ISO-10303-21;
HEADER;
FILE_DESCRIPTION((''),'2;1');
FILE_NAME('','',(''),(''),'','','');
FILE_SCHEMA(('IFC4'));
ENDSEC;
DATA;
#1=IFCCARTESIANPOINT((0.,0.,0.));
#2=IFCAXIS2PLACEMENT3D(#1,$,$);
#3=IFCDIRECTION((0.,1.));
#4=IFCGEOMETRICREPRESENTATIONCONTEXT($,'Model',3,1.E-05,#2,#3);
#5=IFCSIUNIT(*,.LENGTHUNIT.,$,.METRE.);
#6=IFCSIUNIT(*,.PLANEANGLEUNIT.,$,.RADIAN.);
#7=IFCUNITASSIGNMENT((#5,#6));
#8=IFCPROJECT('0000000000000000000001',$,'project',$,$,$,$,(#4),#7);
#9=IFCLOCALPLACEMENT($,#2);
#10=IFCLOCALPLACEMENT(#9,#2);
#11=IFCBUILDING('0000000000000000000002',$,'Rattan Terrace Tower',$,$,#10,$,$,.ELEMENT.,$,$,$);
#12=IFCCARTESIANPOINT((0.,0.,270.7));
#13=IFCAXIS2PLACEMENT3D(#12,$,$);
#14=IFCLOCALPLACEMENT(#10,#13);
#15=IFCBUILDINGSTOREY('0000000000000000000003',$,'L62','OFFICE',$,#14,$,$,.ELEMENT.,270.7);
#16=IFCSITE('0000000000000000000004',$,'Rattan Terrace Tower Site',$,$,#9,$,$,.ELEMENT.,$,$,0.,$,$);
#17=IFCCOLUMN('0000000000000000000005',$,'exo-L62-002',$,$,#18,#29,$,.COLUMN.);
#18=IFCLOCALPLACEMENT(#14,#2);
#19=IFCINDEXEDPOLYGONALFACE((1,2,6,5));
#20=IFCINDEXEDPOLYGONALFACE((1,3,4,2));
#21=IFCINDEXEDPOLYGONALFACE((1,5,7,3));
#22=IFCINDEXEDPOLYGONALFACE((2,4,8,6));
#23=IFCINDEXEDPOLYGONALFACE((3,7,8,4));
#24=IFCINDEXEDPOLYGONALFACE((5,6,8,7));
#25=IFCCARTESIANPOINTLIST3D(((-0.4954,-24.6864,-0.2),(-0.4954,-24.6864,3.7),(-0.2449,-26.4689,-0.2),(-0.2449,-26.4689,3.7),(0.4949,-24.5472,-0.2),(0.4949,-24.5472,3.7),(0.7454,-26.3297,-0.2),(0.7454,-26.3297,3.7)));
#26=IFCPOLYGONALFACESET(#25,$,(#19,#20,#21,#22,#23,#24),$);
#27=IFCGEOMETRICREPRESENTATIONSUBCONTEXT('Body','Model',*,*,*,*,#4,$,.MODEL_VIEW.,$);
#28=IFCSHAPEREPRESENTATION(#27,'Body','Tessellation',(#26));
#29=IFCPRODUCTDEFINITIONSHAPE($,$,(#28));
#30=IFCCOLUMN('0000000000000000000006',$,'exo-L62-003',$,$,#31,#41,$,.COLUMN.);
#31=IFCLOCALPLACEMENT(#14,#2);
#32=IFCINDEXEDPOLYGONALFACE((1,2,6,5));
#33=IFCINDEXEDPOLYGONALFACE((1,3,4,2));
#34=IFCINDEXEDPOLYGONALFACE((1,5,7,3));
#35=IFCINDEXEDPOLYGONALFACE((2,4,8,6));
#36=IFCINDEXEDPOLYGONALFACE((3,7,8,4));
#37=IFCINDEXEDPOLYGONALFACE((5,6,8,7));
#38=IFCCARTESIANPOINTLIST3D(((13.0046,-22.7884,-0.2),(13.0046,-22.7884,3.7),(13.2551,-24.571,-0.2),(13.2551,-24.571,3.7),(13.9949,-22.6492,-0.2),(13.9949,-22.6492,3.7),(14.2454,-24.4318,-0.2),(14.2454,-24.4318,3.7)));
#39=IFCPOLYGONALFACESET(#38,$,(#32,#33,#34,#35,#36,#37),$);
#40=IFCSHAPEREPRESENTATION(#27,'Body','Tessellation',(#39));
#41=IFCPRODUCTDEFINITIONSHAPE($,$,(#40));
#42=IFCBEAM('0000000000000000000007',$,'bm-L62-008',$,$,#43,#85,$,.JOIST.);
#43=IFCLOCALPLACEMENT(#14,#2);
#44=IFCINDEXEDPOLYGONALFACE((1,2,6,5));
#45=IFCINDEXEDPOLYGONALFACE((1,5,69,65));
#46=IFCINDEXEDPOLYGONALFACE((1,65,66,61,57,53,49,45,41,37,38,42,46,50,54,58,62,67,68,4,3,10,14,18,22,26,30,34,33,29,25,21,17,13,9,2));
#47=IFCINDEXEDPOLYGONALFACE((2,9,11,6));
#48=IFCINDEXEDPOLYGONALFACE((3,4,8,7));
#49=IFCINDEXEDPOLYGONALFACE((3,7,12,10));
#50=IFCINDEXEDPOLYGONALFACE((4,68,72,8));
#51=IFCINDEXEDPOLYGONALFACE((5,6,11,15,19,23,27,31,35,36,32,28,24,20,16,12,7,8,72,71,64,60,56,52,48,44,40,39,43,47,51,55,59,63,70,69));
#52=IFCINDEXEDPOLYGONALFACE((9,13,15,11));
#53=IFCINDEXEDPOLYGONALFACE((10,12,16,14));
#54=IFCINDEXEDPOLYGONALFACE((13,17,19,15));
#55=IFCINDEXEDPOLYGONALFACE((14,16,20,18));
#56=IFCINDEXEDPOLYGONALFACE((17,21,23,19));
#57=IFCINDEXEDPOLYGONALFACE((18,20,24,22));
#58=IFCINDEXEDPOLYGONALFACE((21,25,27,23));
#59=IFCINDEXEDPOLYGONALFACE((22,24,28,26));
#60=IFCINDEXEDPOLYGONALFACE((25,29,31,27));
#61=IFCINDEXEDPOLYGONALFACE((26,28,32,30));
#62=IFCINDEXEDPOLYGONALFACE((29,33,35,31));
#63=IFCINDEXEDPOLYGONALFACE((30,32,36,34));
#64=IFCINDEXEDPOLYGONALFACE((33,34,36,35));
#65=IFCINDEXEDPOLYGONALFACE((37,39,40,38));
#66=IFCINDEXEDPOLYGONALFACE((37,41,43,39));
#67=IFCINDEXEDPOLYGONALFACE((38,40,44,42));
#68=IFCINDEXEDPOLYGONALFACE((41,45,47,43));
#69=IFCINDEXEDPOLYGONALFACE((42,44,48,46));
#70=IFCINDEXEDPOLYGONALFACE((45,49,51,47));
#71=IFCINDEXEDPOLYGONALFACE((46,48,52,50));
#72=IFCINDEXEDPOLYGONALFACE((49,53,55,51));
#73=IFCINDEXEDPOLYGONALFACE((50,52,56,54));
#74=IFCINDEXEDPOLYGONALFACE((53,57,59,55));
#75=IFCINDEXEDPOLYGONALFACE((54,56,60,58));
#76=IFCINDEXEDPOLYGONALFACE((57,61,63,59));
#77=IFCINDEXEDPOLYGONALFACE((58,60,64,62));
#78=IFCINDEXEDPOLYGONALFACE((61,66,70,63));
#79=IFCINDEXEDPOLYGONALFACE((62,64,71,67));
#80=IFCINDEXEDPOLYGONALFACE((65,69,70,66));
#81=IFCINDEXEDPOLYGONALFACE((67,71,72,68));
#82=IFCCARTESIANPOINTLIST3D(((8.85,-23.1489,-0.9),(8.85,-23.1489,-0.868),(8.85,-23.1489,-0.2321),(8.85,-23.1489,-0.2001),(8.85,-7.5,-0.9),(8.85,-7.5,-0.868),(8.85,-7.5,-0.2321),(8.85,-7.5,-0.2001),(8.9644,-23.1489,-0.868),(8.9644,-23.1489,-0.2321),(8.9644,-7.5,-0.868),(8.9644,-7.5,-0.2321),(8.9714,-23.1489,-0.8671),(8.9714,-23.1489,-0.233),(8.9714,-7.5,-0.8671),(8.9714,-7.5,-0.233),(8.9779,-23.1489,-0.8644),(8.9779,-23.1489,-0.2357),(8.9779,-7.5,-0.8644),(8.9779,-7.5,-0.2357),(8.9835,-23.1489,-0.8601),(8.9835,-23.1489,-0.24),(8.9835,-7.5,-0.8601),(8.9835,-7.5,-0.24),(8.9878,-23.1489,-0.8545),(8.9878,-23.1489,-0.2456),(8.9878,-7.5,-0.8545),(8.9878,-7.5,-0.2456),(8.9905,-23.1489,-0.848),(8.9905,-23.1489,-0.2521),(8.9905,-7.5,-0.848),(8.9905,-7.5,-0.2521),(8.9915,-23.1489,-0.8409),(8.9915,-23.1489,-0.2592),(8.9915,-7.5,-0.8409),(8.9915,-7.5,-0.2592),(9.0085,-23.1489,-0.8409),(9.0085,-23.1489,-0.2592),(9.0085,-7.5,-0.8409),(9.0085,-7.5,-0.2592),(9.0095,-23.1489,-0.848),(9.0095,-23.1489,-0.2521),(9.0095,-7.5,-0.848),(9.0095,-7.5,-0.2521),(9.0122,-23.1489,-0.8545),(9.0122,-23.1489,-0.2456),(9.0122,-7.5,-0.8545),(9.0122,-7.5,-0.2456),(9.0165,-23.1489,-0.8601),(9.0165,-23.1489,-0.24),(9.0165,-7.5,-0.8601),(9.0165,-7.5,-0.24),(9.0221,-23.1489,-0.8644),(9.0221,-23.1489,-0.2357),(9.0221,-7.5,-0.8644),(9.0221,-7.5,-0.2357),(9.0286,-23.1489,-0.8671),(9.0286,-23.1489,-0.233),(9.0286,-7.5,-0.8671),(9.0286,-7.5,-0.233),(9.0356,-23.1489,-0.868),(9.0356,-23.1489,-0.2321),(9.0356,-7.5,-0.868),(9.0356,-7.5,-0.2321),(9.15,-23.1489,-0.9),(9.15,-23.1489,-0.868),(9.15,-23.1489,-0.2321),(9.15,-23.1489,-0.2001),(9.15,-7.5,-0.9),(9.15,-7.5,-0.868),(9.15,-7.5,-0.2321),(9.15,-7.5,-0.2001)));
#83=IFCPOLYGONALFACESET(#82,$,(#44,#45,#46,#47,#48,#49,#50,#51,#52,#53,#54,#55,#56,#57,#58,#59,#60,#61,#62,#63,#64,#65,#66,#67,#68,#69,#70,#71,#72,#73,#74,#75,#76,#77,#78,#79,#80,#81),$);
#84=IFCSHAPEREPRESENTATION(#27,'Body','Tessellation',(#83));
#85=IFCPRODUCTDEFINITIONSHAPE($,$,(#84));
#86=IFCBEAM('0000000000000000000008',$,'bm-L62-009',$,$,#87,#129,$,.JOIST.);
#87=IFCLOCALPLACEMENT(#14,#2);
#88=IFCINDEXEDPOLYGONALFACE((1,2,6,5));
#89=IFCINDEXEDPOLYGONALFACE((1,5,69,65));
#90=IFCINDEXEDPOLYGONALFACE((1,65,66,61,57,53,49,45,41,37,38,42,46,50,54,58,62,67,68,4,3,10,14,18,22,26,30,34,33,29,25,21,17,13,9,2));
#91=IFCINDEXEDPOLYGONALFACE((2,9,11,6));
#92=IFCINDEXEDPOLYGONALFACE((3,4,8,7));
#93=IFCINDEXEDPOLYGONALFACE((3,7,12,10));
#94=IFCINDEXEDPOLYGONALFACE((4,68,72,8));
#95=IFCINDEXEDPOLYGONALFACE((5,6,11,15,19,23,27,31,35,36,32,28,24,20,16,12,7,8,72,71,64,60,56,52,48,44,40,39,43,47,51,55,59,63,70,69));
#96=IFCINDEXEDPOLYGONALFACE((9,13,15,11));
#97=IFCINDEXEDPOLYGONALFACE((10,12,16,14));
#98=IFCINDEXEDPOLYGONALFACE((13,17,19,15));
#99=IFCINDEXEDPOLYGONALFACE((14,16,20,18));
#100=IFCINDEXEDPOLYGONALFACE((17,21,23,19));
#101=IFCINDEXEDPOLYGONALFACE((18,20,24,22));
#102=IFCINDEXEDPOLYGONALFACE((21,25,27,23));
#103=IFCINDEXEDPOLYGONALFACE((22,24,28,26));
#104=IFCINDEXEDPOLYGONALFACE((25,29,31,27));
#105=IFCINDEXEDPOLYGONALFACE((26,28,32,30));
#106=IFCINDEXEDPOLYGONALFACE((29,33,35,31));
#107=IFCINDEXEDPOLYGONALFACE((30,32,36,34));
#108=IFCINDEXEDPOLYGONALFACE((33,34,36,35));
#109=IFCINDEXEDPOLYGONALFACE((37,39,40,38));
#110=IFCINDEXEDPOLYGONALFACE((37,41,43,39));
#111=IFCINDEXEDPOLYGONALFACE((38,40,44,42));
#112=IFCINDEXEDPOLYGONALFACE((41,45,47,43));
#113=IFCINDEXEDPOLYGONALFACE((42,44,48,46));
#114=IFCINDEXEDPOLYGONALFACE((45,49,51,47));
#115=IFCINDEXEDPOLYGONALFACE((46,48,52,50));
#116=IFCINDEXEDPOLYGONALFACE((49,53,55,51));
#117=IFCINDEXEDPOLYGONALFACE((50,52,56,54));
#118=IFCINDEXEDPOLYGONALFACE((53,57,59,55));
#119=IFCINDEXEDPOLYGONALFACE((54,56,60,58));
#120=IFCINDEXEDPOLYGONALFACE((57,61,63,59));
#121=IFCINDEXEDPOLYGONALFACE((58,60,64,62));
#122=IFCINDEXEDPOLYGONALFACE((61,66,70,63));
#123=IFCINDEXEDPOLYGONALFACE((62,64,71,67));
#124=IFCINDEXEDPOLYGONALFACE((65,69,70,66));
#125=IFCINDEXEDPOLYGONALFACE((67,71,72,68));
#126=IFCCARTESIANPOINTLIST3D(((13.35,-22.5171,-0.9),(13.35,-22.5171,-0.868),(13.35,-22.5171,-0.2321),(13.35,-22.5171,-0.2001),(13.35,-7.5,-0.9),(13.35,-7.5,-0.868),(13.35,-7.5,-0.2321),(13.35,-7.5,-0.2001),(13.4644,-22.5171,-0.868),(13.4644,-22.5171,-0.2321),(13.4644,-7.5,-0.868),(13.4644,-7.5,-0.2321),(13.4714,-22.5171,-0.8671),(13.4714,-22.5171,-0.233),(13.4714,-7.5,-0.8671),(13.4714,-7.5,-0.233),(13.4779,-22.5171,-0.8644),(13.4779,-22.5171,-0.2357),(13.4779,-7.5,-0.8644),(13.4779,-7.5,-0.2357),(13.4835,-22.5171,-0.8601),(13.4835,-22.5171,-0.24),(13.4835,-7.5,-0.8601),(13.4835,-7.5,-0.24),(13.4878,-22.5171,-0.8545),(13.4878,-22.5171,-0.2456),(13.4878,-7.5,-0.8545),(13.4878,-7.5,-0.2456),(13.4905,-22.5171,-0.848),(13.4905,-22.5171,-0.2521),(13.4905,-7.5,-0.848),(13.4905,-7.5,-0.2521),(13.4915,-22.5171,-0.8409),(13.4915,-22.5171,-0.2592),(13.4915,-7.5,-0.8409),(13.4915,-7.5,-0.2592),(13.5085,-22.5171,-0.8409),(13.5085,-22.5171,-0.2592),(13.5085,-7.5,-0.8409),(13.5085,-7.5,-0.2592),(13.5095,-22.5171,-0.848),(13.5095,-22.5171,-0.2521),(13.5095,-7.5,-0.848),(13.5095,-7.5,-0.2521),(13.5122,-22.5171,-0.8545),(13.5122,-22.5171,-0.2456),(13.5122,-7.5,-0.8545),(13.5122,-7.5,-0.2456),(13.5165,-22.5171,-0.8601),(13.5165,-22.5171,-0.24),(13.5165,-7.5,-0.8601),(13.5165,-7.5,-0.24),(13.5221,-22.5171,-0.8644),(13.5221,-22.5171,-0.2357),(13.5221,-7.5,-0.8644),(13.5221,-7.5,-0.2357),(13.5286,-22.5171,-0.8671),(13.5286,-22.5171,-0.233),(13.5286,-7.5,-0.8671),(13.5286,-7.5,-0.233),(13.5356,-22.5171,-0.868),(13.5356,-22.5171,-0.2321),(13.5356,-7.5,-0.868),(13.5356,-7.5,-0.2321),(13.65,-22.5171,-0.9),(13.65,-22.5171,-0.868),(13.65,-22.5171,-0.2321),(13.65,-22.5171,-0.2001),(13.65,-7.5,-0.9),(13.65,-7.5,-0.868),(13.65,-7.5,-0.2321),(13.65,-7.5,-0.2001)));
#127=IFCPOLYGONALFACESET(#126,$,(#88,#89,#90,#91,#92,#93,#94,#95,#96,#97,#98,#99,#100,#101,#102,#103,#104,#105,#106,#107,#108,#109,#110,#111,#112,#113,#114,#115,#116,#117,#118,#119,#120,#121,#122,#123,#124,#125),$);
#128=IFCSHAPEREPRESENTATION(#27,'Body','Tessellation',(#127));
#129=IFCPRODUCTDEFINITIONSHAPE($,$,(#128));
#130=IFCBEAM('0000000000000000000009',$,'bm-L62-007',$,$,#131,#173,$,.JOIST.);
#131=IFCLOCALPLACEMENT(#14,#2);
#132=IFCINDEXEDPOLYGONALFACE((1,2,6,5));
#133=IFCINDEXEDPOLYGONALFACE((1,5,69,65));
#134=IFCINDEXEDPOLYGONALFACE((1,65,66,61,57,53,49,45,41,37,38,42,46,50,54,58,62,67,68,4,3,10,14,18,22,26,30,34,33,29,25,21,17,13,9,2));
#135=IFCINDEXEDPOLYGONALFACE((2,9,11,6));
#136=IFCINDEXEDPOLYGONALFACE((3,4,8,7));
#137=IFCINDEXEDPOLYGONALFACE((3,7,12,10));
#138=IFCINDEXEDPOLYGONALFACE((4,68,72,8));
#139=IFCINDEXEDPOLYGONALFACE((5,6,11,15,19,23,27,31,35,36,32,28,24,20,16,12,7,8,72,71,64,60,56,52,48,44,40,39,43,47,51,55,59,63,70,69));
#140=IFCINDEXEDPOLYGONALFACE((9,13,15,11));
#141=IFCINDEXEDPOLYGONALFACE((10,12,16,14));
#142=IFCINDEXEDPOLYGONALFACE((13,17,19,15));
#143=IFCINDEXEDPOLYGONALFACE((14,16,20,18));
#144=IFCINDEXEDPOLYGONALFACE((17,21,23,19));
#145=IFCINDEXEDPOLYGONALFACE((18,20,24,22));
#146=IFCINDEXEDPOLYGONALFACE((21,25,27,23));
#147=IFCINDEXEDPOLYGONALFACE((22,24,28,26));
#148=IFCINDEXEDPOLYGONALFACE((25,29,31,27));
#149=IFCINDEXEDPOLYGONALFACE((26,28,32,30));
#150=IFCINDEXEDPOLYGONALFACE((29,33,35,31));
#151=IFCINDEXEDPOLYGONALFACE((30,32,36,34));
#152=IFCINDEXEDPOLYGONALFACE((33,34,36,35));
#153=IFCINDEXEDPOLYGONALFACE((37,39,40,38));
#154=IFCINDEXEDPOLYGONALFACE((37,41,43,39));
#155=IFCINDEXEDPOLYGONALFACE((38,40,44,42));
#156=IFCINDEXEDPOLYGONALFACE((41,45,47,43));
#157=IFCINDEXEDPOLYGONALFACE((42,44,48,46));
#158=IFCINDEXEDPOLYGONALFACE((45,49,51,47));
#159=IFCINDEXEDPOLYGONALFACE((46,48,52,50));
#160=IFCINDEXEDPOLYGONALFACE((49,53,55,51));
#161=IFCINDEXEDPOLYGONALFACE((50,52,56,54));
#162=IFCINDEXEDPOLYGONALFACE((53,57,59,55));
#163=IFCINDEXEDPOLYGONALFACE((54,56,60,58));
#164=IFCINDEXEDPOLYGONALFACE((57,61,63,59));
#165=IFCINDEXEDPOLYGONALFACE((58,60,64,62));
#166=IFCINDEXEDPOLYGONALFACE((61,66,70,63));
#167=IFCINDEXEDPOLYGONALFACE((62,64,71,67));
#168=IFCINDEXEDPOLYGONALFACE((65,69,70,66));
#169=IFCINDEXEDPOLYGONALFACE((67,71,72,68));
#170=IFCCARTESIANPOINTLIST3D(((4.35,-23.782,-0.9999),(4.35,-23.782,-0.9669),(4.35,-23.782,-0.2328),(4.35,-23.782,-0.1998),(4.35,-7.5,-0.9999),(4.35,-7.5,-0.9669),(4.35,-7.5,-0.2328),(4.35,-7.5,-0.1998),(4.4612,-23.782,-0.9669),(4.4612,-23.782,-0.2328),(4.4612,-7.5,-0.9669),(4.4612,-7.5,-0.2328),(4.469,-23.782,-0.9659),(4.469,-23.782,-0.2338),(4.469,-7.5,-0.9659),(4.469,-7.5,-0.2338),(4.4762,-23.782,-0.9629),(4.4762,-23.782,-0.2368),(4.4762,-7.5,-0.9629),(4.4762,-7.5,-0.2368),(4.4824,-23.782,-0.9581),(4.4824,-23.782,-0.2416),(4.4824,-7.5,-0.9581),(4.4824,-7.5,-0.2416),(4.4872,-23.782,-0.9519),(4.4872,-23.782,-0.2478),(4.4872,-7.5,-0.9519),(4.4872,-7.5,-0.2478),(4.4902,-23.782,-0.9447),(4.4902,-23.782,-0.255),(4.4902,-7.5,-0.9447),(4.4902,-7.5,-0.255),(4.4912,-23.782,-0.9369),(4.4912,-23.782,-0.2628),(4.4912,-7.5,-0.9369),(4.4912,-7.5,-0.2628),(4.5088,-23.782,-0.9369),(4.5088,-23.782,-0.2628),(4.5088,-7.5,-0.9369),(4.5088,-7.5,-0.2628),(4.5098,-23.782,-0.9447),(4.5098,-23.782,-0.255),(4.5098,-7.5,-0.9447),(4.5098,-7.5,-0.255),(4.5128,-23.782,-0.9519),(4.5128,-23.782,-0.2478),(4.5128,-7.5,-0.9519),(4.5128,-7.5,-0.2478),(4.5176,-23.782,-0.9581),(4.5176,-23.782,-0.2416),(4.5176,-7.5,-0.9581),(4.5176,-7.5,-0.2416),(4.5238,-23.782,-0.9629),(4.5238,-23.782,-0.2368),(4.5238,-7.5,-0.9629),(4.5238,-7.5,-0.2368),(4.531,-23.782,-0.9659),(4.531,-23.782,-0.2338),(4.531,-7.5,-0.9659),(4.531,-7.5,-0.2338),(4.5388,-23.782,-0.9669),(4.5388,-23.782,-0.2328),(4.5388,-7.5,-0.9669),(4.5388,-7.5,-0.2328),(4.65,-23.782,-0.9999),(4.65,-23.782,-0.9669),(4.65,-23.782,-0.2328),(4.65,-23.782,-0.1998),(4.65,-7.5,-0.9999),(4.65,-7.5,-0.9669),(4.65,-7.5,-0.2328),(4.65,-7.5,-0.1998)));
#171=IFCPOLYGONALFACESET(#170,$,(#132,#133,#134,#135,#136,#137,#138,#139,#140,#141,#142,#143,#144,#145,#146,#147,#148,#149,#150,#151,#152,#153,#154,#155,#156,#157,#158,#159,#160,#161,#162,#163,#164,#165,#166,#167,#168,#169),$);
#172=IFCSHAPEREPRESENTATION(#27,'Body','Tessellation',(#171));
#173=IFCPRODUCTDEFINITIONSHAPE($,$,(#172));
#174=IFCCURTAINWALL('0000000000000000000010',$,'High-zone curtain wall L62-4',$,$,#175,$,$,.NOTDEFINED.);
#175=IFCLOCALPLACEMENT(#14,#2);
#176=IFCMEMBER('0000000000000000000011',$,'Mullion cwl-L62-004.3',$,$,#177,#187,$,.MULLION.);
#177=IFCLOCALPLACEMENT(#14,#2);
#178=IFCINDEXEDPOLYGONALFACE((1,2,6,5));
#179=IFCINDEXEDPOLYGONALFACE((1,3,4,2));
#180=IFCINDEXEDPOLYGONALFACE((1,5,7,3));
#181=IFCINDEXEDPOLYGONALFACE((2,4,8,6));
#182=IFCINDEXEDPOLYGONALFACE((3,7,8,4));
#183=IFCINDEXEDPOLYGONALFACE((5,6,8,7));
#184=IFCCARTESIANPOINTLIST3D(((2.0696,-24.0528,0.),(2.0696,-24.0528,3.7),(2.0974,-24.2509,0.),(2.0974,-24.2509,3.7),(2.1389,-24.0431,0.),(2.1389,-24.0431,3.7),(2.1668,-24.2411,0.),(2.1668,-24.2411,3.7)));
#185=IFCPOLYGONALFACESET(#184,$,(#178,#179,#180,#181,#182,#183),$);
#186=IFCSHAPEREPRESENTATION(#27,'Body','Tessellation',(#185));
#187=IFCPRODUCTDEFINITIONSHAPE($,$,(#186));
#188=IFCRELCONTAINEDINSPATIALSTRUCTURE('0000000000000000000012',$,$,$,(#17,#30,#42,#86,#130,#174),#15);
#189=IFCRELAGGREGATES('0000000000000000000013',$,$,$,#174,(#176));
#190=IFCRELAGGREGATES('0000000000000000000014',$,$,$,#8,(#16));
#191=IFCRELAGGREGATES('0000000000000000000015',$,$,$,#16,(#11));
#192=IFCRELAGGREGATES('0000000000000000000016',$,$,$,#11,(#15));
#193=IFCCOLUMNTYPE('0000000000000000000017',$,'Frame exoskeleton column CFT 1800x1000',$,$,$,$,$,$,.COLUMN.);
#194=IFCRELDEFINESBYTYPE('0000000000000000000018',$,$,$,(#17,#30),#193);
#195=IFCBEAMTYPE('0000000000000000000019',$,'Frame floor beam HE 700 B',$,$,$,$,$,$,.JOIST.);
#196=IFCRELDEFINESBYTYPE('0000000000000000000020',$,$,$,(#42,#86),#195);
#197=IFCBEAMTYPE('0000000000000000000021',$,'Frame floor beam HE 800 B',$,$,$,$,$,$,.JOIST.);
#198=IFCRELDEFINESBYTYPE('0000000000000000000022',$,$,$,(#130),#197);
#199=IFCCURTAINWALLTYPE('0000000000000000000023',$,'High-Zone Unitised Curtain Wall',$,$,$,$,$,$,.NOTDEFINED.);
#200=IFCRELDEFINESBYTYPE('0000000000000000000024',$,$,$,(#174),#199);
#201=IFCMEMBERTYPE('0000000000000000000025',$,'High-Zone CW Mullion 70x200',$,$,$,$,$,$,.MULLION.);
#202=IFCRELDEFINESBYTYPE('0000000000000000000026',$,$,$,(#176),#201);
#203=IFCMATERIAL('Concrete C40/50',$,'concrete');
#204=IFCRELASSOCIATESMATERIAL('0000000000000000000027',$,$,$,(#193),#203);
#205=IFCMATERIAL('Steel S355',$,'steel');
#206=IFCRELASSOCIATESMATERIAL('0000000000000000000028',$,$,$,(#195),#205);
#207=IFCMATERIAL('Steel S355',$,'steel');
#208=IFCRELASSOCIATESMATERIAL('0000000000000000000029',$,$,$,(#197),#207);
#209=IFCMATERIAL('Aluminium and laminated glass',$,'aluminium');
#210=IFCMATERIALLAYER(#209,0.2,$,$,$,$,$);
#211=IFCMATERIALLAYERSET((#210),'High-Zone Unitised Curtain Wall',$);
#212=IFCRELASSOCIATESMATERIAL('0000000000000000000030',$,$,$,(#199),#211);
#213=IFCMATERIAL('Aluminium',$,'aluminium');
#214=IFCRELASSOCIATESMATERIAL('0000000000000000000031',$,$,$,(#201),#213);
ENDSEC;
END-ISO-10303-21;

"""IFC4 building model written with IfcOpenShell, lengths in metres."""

from ifc_helpers import new_model, si_unit, direction, frame, origin, origin_2d, place, context, subcontext, project, spatial, rectangle, i_section, extrude, material, layer, layer_set, material_profile, profile_set, type_object, element, aggregate, save


model = new_model("IFC4")

# Units and contexts
model_context = context("Model", 3, precision=1e-05, world=origin(), true_north=direction((0.0, 1.0)))
body_context = subcontext(model_context, "Body", "Model", "MODEL_VIEW")
ifc_project = project(units=[si_unit("LENGTHUNIT", "METRE"), si_unit("PLANEANGLEUNIT", "RADIAN")], contexts=[model_context])

# Site, building, storey
site_placement = place(None, origin())
site = spatial("IfcSite", under=ifc_project, at=site_placement, Name="Rattan Terrace Tower Site", CompositionType="ELEMENT", RefElevation=0.0)
building_placement = place(site_placement, origin())
building = spatial("IfcBuilding", under=site, at=building_placement, Name="Rattan Terrace Tower", CompositionType="ELEMENT")
storey_placement = place(building_placement, frame((0.0, 0.0, 270.7)))
storey = spatial("IfcBuildingStorey", under=building, at=storey_placement, Name="L62", Description="OFFICE", CompositionType="ELEMENT", Elevation=270.7)

# Columns
ifc_material_1 = material(Name="Concrete C40/50", Category="concrete")
ifc_material_profile_1 = material_profile(ifc_material_1, rectangle(XDim=1.0, YDim=1.8, at=origin_2d()), Name="CFT 1800x1000")
ifc_profile_set_1 = profile_set([ifc_material_profile_1], Name="Concrete C40/50")
column_type = type_object("IfcColumnType", Name="Frame exoskeleton column CFT 1800x1000", PredefinedType="COLUMN", material=ifc_profile_set_1)
for number, where, z_axis, x_axis, name in (
    (1, (0.125, -25.5081, -0.2), (0.0, 0.0, 1.0), (0.990266, 0.13919, 0.0), "exo-L62-002"),
    (2, (13.625, -23.6101, -0.2), (0.0, 0.0, 1.0), (0.990266, 0.13919, 0.0), "exo-L62-003"),
):
    element("IfcColumn", number, at=place(storey_placement, frame(where, z_axis=z_axis, x_axis=x_axis)), inside=storey, type_object=column_type, Name=name, PredefinedType="COLUMN", context=body_context, shape_type="SweptSolid", body=[
        extrude(rectangle(XDim=1.0, YDim=1.8, at=origin_2d()), origin(), (0.0, 0.0, 1.0), 3.8999),
    ])

# Beams
ifc_material_2 = material(Name="Steel S355", Category="steel")
ifc_material_profile_2 = material_profile(ifc_material_2, i_section(OverallWidth=0.3, OverallDepth=0.7, WebThickness=0.0171, FlangeThickness=0.032, FilletRadius=0.0271, at=origin_2d()), Name="HE 700 B")
ifc_profile_set_2 = profile_set([ifc_material_profile_2], Name="Steel S355")
beam_type_1 = type_object("IfcBeamType", Name="Frame floor beam HE 700 B", PredefinedType="JOIST", material=ifc_profile_set_2)
beam_1_placement = place(storey_placement, frame((9.0, -23.1489, -0.55), z_axis=(0.0, 1.0, 0.0), x_axis=(-1.0, 0.0, 0.0)))
element("IfcBeam", 3, at=beam_1_placement, inside=storey, type_object=beam_type_1, Name="bm-L62-008", PredefinedType="JOIST", context=body_context, shape_type="SweptSolid", body=[
    extrude(i_section(OverallWidth=0.3, OverallDepth=0.7, WebThickness=0.0171, FlangeThickness=0.032, FilletRadius=0.0271, at=origin_2d()), origin(), (0.0, 0.0, 1.0), 15.6489),
])
beam_2_placement = place(storey_placement, frame((13.5, -22.5171, -0.55), z_axis=(0.0, 1.0, 0.0), x_axis=(-1.0, 0.0, 0.0)))
element("IfcBeam", 4, at=beam_2_placement, inside=storey, type_object=beam_type_1, Name="bm-L62-009", PredefinedType="JOIST", context=body_context, shape_type="SweptSolid", body=[
    extrude(i_section(OverallWidth=0.3, OverallDepth=0.7, WebThickness=0.0171, FlangeThickness=0.032, FilletRadius=0.0271, at=origin_2d()), origin(), (0.0, 0.0, 1.0), 15.0171),
])
ifc_material_3 = material(Name="Steel S355", Category="steel")
ifc_material_profile_3 = material_profile(ifc_material_3, i_section(OverallWidth=0.3, OverallDepth=0.8, WebThickness=0.0176, FlangeThickness=0.033, FilletRadius=0.03, at=origin_2d()), Name="HE 800 B")
ifc_profile_set_3 = profile_set([ifc_material_profile_3], Name="Steel S355")
beam_type_2 = type_object("IfcBeamType", Name="Frame floor beam HE 800 B", PredefinedType="JOIST", material=ifc_profile_set_3)
beam_3_placement = place(storey_placement, frame((4.5, -23.782, -0.5999), z_axis=(0.0, 1.0, 0.0), x_axis=(-1.0, 0.0, 0.0)))
element("IfcBeam", 5, at=beam_3_placement, inside=storey, type_object=beam_type_2, Name="bm-L62-007", PredefinedType="JOIST", context=body_context, shape_type="SweptSolid", body=[
    extrude(i_section(OverallWidth=0.3, OverallDepth=0.8, WebThickness=0.0176, FlangeThickness=0.033, FilletRadius=0.03, at=origin_2d()), origin(), (0.0, 0.0, 1.0), 16.282),
])

# Curtain wall, member
ifc_material_4 = material(Name="Aluminium and laminated glass", Category="aluminium")
ifc_layer_1 = layer(ifc_material_4, 0.2)
ifc_layer_set_1 = layer_set([ifc_layer_1], Name="High-Zone Unitised Curtain Wall")
curtain_wall_type = type_object("IfcCurtainWallType", Name="High-Zone Unitised Curtain Wall", PredefinedType="NOTDEFINED", material=ifc_layer_set_1)
curtain_wall_placement = place(storey_placement, origin())
curtain_wall = element("IfcCurtainWall", 6, at=curtain_wall_placement, inside=storey, type_object=curtain_wall_type, Name="High-zone curtain wall L62-4", PredefinedType="NOTDEFINED")
ifc_material_5 = material(Name="Aluminium", Category="aluminium")
ifc_material_profile_4 = material_profile(ifc_material_5, rectangle(XDim=0.0701, YDim=0.2, at=origin_2d()), Name="Aluminium 70x200")
ifc_profile_set_4 = profile_set([ifc_material_profile_4], Name="Aluminium")
member_type_1 = type_object("IfcMemberType", Name="High-Zone CW Mullion 70x200", PredefinedType="MULLION", material=ifc_profile_set_4)
member_1_placement = place(storey_placement, frame((2.1182, -24.147, 0.0), z_axis=(0.0, 0.0, 1.0), x_axis=(0.990266, 0.139189, 0.0)))
member_1 = element("IfcMember", 7, at=member_1_placement, type_object=member_type_1, Name="Mullion cwl-L62-004.3", PredefinedType="MULLION", context=body_context, shape_type="SweptSolid", body=[
    extrude(rectangle(XDim=0.0701, YDim=0.2, at=origin_2d()), origin(), (0.0, 0.0, 1.0), 3.7),
])
aggregate(curtain_wall, [member_1])

save(model, "model.ifc")
